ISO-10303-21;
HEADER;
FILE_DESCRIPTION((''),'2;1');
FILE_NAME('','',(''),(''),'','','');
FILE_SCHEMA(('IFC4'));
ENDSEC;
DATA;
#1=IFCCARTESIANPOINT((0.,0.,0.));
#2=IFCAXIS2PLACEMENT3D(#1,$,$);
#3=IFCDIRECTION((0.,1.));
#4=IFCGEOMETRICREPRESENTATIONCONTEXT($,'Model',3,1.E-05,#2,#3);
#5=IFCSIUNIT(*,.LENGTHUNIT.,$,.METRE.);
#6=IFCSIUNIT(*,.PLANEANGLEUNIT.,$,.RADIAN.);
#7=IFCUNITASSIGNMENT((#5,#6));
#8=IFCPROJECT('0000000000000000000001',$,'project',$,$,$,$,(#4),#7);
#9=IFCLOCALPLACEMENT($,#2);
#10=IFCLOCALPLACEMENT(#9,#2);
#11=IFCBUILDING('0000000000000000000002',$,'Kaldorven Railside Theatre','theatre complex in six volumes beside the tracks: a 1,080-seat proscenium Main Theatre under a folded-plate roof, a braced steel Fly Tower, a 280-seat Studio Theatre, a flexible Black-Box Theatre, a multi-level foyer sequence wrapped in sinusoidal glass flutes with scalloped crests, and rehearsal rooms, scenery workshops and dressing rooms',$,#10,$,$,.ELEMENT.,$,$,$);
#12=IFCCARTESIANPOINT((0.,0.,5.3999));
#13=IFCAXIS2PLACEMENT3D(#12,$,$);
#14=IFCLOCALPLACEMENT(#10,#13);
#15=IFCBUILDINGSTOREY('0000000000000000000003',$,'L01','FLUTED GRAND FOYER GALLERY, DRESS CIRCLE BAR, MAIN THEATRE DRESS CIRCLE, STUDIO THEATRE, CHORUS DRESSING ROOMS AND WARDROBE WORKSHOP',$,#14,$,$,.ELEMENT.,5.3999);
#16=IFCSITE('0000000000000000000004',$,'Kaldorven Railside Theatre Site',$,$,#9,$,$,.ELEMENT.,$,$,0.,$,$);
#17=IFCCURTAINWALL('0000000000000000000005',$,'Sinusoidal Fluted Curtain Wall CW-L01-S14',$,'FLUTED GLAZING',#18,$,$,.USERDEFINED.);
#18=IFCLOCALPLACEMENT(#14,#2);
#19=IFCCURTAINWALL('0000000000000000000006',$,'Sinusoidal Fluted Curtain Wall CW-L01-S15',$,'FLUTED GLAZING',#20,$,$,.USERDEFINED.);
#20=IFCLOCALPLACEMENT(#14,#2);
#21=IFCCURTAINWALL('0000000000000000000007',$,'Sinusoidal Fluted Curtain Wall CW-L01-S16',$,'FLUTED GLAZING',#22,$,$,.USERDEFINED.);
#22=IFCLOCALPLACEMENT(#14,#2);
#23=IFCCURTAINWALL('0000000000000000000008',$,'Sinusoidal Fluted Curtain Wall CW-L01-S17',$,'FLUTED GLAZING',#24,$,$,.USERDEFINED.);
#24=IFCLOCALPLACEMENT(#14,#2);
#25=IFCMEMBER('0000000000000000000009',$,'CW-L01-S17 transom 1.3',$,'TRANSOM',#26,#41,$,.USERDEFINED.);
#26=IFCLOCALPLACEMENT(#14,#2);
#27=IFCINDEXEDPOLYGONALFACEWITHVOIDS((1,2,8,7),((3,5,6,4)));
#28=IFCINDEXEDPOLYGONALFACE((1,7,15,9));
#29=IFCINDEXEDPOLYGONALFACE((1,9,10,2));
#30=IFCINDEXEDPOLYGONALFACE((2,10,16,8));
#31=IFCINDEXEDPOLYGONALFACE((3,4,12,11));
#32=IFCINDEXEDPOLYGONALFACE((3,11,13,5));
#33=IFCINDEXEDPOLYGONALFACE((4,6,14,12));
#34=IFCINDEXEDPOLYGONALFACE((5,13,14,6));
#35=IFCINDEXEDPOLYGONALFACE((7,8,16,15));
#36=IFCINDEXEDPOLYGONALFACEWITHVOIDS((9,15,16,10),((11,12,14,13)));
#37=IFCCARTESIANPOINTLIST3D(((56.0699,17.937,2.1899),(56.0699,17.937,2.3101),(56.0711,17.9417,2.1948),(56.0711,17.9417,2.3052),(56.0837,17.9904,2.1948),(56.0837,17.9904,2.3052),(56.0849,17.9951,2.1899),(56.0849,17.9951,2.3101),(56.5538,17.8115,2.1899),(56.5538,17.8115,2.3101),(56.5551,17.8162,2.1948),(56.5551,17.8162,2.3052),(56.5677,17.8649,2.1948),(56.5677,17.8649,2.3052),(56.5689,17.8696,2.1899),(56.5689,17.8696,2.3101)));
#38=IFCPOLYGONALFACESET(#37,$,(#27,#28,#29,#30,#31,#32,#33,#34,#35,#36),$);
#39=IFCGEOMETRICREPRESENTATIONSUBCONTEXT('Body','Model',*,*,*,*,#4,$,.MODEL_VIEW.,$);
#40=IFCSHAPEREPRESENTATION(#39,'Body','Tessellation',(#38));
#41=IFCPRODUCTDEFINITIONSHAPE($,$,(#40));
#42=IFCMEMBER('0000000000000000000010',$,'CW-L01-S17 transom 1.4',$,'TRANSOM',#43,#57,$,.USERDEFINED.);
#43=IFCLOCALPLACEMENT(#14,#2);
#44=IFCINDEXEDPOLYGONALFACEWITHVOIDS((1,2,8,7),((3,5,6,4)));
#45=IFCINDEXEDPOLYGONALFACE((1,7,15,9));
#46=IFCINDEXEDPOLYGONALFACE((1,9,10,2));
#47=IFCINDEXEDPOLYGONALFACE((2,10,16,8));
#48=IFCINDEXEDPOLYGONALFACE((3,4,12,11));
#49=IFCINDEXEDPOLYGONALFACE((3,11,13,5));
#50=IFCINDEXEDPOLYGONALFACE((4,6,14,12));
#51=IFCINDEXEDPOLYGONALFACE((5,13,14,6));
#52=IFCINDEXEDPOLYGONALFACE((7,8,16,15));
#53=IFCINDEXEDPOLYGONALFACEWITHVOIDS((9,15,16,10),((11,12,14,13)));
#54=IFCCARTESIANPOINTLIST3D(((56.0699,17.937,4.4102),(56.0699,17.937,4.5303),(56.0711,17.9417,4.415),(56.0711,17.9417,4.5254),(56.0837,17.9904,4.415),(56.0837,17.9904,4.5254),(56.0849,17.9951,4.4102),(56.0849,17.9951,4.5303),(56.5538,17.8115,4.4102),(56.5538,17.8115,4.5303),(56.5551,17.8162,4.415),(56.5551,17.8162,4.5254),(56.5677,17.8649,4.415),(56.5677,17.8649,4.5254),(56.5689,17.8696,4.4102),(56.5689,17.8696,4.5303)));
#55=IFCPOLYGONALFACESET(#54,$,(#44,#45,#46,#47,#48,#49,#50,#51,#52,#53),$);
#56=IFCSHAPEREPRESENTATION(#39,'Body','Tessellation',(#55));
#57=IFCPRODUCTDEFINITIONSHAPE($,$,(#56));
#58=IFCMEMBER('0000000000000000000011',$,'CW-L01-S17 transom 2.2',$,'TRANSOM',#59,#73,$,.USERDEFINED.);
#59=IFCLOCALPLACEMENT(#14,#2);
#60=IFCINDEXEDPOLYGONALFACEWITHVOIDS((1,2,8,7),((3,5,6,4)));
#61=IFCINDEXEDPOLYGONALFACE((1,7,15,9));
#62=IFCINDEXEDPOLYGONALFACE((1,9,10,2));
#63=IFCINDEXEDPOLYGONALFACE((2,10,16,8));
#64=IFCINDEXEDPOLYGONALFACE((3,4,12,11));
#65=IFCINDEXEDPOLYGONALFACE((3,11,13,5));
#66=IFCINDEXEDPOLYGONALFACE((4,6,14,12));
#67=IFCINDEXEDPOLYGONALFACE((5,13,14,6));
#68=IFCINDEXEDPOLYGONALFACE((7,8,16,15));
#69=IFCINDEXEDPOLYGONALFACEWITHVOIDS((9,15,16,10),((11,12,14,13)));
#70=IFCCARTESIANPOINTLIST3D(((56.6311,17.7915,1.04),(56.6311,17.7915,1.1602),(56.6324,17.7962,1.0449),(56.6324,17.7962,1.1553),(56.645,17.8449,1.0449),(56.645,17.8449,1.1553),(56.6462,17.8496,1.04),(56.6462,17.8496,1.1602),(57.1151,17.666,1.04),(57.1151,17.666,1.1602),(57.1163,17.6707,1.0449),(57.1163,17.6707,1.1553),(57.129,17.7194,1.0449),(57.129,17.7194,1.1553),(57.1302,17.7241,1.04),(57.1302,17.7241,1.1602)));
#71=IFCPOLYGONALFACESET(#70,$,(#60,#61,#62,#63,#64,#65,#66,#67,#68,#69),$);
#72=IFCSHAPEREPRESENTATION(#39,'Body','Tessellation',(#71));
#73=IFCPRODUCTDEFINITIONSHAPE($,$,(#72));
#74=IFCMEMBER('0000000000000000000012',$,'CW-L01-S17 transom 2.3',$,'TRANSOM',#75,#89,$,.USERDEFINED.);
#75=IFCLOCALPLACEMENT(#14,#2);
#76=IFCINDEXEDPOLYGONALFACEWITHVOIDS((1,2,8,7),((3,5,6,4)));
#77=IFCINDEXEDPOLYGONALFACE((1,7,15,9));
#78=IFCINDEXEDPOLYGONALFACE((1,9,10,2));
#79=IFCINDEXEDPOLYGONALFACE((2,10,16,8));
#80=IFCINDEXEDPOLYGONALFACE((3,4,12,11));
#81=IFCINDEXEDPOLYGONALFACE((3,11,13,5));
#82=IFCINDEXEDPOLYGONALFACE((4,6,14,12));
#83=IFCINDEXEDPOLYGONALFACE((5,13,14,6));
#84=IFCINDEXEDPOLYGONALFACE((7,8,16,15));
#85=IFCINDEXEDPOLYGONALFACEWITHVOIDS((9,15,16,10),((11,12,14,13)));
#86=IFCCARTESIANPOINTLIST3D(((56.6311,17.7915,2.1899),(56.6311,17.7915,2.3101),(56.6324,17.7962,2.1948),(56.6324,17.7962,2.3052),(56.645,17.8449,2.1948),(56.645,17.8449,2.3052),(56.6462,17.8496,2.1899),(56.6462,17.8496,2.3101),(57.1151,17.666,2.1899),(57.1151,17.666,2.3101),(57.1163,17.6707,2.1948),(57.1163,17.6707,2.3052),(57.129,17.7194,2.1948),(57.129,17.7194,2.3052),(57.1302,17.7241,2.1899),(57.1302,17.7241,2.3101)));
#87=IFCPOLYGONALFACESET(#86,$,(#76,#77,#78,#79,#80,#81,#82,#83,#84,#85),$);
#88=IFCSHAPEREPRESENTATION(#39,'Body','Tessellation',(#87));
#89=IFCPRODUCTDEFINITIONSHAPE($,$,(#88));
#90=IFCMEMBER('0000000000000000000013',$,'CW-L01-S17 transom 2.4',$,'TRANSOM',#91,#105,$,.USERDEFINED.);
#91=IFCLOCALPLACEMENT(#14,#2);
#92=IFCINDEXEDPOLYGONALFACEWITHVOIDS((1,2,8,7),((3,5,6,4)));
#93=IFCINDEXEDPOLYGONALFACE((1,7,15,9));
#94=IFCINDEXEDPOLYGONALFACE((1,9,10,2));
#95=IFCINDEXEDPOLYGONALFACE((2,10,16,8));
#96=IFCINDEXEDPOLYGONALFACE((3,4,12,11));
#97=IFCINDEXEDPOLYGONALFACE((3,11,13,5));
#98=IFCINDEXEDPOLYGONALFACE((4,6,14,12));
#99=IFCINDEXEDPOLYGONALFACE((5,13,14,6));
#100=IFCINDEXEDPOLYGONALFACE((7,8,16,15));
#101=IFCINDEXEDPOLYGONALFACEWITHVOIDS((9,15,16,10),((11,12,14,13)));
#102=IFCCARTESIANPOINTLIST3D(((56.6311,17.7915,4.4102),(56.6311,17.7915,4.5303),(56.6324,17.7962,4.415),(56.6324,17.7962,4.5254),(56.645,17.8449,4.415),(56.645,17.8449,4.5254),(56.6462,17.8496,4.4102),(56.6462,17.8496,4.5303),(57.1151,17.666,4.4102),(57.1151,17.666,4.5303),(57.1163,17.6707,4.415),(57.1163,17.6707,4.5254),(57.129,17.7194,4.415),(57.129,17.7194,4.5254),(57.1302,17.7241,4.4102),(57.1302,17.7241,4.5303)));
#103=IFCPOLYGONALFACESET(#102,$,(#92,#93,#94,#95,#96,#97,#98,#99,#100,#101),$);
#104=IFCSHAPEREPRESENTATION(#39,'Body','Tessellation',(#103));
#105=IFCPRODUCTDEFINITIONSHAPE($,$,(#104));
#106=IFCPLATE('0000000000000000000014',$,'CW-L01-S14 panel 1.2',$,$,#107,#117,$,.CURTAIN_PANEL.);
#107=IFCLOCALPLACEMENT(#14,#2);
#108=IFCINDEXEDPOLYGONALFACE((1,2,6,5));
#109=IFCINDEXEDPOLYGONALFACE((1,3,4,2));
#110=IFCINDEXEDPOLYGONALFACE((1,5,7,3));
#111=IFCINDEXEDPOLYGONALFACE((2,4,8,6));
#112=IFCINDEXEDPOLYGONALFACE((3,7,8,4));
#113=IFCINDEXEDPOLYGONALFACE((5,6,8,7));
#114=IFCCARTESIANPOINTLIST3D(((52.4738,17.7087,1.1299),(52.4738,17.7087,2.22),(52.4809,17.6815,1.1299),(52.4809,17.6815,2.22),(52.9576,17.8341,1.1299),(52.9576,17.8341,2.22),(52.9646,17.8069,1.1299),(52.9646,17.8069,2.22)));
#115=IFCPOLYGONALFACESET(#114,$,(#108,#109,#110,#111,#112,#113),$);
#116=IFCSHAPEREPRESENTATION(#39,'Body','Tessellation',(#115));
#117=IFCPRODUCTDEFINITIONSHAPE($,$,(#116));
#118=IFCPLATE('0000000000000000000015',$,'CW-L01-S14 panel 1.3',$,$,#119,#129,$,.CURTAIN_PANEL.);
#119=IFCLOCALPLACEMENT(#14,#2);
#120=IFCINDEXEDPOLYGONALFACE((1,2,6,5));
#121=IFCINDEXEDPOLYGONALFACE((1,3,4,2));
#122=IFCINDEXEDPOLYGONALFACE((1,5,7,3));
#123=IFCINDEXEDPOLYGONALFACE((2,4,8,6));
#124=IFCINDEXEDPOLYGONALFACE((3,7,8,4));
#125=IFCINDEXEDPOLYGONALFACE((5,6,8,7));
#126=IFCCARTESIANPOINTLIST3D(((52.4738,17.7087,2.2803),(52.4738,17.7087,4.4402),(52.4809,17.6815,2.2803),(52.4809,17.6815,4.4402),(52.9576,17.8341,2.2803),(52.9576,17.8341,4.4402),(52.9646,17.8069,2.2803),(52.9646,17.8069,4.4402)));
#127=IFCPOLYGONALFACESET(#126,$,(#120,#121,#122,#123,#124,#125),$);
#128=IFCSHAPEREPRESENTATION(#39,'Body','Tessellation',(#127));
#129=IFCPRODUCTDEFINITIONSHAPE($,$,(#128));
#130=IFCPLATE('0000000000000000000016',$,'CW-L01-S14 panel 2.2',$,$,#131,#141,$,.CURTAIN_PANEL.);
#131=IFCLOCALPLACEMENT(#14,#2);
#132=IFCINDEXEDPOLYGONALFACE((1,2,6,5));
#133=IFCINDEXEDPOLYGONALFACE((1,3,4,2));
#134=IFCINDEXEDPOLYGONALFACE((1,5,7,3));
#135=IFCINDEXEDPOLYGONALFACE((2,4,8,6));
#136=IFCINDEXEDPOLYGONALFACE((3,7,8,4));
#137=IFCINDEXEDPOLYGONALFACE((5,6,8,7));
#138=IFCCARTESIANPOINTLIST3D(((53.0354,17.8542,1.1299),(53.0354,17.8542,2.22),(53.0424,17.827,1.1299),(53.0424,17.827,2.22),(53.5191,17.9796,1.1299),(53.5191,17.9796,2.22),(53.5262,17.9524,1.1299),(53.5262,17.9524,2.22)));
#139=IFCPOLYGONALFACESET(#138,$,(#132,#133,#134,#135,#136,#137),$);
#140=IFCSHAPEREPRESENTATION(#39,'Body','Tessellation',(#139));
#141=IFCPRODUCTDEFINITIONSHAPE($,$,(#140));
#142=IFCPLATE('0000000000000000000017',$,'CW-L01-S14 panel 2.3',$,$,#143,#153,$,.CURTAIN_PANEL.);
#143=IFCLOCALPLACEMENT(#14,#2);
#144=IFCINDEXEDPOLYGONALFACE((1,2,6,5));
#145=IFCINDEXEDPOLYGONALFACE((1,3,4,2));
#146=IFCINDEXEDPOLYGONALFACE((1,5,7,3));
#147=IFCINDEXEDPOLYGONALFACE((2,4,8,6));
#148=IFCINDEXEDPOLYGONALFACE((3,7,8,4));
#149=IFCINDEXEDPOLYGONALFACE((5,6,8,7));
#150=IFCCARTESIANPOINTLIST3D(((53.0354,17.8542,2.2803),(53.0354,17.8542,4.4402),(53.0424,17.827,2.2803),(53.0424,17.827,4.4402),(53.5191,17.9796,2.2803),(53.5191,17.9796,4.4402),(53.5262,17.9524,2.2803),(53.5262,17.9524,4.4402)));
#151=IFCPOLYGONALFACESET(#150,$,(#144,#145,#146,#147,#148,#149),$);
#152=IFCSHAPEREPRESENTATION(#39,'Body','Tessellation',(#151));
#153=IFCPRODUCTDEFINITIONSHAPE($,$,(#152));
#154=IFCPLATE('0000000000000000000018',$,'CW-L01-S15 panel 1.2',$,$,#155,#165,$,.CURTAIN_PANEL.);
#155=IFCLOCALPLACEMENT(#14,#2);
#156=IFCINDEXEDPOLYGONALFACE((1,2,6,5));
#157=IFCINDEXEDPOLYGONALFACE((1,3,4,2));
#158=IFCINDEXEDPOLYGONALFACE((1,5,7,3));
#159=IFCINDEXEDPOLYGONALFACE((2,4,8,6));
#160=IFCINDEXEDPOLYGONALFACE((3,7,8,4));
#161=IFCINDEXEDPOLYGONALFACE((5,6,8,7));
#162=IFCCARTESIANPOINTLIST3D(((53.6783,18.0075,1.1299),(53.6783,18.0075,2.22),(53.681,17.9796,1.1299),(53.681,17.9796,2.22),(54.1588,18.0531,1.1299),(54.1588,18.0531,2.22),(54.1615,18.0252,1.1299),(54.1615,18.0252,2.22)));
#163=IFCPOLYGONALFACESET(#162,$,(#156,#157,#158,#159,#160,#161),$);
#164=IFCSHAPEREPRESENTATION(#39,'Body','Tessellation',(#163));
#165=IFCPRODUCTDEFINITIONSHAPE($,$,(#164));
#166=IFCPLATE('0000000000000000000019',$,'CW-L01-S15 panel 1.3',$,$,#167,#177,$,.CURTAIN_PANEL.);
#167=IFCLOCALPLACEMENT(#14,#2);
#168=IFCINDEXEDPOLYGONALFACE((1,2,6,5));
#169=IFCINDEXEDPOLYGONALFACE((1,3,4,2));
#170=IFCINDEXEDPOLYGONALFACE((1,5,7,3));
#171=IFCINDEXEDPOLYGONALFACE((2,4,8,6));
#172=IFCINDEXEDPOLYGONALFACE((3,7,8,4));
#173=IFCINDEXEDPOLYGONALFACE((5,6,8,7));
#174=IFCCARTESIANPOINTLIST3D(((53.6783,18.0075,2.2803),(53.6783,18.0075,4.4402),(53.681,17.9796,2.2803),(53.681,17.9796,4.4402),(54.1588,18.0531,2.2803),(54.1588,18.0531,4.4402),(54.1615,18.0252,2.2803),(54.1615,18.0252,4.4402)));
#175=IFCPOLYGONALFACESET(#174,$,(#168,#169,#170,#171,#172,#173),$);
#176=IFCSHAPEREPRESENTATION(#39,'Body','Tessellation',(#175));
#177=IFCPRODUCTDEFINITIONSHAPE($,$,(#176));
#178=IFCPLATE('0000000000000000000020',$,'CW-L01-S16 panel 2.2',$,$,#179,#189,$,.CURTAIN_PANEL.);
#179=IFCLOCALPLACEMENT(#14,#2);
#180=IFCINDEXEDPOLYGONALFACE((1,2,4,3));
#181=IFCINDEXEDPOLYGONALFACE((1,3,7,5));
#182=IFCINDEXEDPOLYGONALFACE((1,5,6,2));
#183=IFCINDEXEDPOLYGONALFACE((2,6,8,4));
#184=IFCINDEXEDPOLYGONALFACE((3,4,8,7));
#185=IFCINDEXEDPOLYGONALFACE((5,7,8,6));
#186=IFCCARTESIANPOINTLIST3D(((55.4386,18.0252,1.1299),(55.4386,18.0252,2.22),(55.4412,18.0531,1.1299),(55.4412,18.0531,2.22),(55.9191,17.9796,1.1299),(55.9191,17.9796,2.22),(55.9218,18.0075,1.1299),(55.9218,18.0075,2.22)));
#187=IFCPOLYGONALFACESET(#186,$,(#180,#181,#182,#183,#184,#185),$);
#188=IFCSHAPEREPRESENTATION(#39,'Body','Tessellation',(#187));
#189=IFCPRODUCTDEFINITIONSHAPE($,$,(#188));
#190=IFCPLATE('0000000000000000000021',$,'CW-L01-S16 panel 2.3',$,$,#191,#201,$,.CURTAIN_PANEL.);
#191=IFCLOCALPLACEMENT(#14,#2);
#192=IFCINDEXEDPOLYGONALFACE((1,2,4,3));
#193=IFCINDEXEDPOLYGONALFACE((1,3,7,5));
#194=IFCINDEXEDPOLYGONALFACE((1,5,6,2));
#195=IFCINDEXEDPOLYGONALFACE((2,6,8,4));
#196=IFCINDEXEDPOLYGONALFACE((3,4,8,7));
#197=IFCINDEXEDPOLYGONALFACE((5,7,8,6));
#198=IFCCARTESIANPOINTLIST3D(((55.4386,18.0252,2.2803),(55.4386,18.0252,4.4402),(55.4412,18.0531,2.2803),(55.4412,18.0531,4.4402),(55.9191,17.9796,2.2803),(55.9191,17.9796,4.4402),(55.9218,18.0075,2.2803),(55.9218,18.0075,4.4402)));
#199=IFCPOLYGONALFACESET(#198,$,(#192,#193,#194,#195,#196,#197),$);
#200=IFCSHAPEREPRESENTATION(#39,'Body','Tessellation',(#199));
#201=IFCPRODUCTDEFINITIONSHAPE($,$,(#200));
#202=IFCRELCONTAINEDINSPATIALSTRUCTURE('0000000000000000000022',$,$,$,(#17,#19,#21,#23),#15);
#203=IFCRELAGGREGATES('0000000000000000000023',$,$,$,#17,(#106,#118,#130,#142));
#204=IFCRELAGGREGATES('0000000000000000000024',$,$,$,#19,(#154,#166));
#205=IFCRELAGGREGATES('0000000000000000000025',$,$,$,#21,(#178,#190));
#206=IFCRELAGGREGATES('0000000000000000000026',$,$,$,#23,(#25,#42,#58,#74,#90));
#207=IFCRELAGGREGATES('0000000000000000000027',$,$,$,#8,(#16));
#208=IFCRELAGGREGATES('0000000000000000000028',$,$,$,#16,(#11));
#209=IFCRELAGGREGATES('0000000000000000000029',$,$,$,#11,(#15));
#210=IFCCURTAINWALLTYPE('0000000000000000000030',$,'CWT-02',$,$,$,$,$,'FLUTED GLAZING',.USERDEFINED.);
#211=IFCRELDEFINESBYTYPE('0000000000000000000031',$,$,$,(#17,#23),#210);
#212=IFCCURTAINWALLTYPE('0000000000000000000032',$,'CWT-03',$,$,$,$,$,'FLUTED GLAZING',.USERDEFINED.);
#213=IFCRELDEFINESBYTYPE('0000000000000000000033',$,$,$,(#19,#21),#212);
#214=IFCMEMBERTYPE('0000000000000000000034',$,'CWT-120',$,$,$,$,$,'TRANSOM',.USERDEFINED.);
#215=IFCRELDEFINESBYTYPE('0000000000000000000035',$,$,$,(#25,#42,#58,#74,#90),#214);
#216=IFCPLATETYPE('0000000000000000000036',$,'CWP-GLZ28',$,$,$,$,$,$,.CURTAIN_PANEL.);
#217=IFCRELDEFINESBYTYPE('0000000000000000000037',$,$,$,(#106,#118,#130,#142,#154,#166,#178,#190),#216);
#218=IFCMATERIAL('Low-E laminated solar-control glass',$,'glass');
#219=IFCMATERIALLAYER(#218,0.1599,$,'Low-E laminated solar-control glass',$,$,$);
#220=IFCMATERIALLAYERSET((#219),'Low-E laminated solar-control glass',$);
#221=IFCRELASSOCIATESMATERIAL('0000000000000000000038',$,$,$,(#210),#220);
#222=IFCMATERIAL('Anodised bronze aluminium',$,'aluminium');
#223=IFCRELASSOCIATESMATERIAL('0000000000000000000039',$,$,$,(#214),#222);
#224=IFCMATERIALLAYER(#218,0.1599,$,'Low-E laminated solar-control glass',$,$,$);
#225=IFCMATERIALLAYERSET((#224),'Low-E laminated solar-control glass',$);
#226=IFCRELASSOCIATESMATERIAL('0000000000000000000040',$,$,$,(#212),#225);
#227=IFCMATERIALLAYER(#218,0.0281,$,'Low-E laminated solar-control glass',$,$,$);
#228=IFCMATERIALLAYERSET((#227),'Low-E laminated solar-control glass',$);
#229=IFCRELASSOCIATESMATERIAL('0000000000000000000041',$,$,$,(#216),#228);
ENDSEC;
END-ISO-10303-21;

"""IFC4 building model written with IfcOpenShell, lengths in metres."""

from ifc_helpers import new_model, si_unit, direction, frame, origin, origin_2d, place, context, subcontext, project, spatial, rectangle, hollow_rectangle, extrude, material, layer, layer_set, material_profile, profile_set, type_object, element, aggregate, save


model = new_model("IFC4")

# Units and contexts
model_context = context("Model", 3, precision=1e-05, world=origin(), true_north=direction((0.0, 1.0)))
body_context = subcontext(model_context, "Body", "Model", "MODEL_VIEW")
ifc_project = project(units=[si_unit("LENGTHUNIT", "METRE"), si_unit("PLANEANGLEUNIT", "RADIAN")], contexts=[model_context])

# Site, building, storey
site_placement = place(None, origin())
site = spatial("IfcSite", under=ifc_project, at=site_placement, Name="Kaldorven Railside Theatre Site", CompositionType="ELEMENT", RefElevation=0.0)
building_placement = place(site_placement, origin())
building = spatial("IfcBuilding", under=site, at=building_placement, Name="Kaldorven Railside Theatre", Description="theatre complex in six volumes beside the tracks: a 1,080-seat proscenium Main Theatre under a folded-plate roof, a braced steel Fly Tower, a 280-seat Studio Theatre, a flexible Black-Box Theatre, a multi-level foyer sequence wrapped in sinusoidal glass flutes with scalloped crests, and rehearsal rooms, scenery workshops and dressing rooms", CompositionType="ELEMENT")
storey_placement = place(building_placement, frame((0.0, 0.0, 5.3999)))
storey = spatial("IfcBuildingStorey", under=building, at=storey_placement, Name="L01", Description="FLUTED GRAND FOYER GALLERY, DRESS CIRCLE BAR, MAIN THEATRE DRESS CIRCLE, STUDIO THEATRE, CHORUS DRESSING ROOMS AND WARDROBE WORKSHOP", CompositionType="ELEMENT", Elevation=5.3999)

# Curtain walls, members
ifc_material_1 = material(Name="Low-E laminated solar-control glass", Category="glass")
ifc_layer_1 = layer(ifc_material_1, 0.1599, Name="Low-E laminated solar-control glass")
ifc_layer_set_1 = layer_set([ifc_layer_1], Name="Low-E laminated solar-control glass")
curtain_wall_type_1 = type_object("IfcCurtainWallType", Name="CWT-02", ElementType="FLUTED GLAZING", PredefinedType="USERDEFINED", material=ifc_layer_set_1)
curtain_wall_1_placement = place(storey_placement, origin())
curtain_wall_1 = element("IfcCurtainWall", 1, at=curtain_wall_1_placement, inside=storey, type_object=curtain_wall_type_1, Name="Sinusoidal Fluted Curtain Wall CW-L01-S14", ObjectType="FLUTED GLAZING", PredefinedType="USERDEFINED")
ifc_material_2 = material(Name="Anodised bronze aluminium", Category="aluminium")
ifc_material_profile = material_profile(ifc_material_2, hollow_rectangle(XDim=0.0601, YDim=0.1201, WallThickness=0.0049, at=origin_2d()), Name="RHS 120x60x5")
ifc_profile_set = profile_set([ifc_material_profile], Name="Anodised bronze aluminium")
member_type = type_object("IfcMemberType", Name="CWT-120", ElementType="TRANSOM", PredefinedType="USERDEFINED", material=ifc_profile_set)
ifc_layer_2 = layer(ifc_material_1, 0.1599, Name="Low-E laminated solar-control glass")
ifc_layer_set_2 = layer_set([ifc_layer_2], Name="Low-E laminated solar-control glass")
curtain_wall_type_2 = type_object("IfcCurtainWallType", Name="CWT-03", ElementType="FLUTED GLAZING", PredefinedType="USERDEFINED", material=ifc_layer_set_2)
curtain_wall_2_placement = place(storey_placement, origin())
curtain_wall_2 = element("IfcCurtainWall", 2, at=curtain_wall_2_placement, inside=storey, type_object=curtain_wall_type_2, Name="Sinusoidal Fluted Curtain Wall CW-L01-S15", ObjectType="FLUTED GLAZING", PredefinedType="USERDEFINED")
curtain_wall_3_placement = place(storey_placement, origin())
curtain_wall_3 = element("IfcCurtainWall", 3, at=curtain_wall_3_placement, inside=storey, type_object=curtain_wall_type_2, Name="Sinusoidal Fluted Curtain Wall CW-L01-S16", ObjectType="FLUTED GLAZING", PredefinedType="USERDEFINED")
curtain_wall_4_placement = place(storey_placement, origin())
curtain_wall_4 = element("IfcCurtainWall", 4, at=curtain_wall_4_placement, inside=storey, type_object=curtain_wall_type_1, Name="Sinusoidal Fluted Curtain Wall CW-L01-S17", ObjectType="FLUTED GLAZING", PredefinedType="USERDEFINED")
member_1_placement = place(storey_placement, frame((56.0774, 17.9661, 2.25), z_axis=(0.967979, -0.25103, 0.0), x_axis=(0.25103, 0.967979, 0.0)))
member_1 = element("IfcMember", 5, at=member_1_placement, type_object=member_type, Name="CW-L01-S17 transom 1.3", ObjectType="TRANSOM", PredefinedType="USERDEFINED", context=body_context, shape_type="SweptSolid", body=[
    extrude(hollow_rectangle(XDim=0.0601, YDim=0.1201, WallThickness=0.0049, at=origin_2d()), origin(), (0.0, 0.0, 1.0), 0.5),
])
member_2_placement = place(storey_placement, frame((56.0774, 17.9661, 4.4702), z_axis=(0.967979, -0.25103, 0.0), x_axis=(0.25103, 0.967979, 0.0)))
member_2 = element("IfcMember", 6, at=member_2_placement, type_object=member_type, Name="CW-L01-S17 transom 1.4", ObjectType="TRANSOM", PredefinedType="USERDEFINED", context=body_context, shape_type="SweptSolid", body=[
    extrude(hollow_rectangle(XDim=0.0601, YDim=0.1201, WallThickness=0.0049, at=origin_2d()), origin(), (0.0, 0.0, 1.0), 0.5),
])
member_3_placement = place(storey_placement, frame((56.6387, 17.8206, 1.1001), z_axis=(0.967979, -0.25103, 0.0), x_axis=(0.25103, 0.967979, 0.0)))
member_3 = element("IfcMember", 7, at=member_3_placement, type_object=member_type, Name="CW-L01-S17 transom 2.2", ObjectType="TRANSOM", PredefinedType="USERDEFINED", context=body_context, shape_type="SweptSolid", body=[
    extrude(hollow_rectangle(XDim=0.0601, YDim=0.1201, WallThickness=0.0049, at=origin_2d()), origin(), (0.0, 0.0, 1.0), 0.5),
])
member_4_placement = place(storey_placement, frame((56.6387, 17.8206, 2.25), z_axis=(0.967979, -0.25103, 0.0), x_axis=(0.25103, 0.967979, 0.0)))
member_4 = element("IfcMember", 8, at=member_4_placement, type_object=member_type, Name="CW-L01-S17 transom 2.3", ObjectType="TRANSOM", PredefinedType="USERDEFINED", context=body_context, shape_type="SweptSolid", body=[
    extrude(hollow_rectangle(XDim=0.0601, YDim=0.1201, WallThickness=0.0049, at=origin_2d()), origin(), (0.0, 0.0, 1.0), 0.5),
])
member_5_placement = place(storey_placement, frame((56.6387, 17.8206, 4.4702), z_axis=(0.967979, -0.25103, 0.0), x_axis=(0.25103, 0.967979, 0.0)))
member_5 = element("IfcMember", 9, at=member_5_placement, type_object=member_type, Name="CW-L01-S17 transom 2.4", ObjectType="TRANSOM", PredefinedType="USERDEFINED", context=body_context, shape_type="SweptSolid", body=[
    extrude(hollow_rectangle(XDim=0.0601, YDim=0.1201, WallThickness=0.0049, at=origin_2d()), origin(), (0.0, 0.0, 1.0), 0.5),
])

# Plates
ifc_layer_3 = layer(ifc_material_1, 0.0281, Name="Low-E laminated solar-control glass")
ifc_layer_set_3 = layer_set([ifc_layer_3], Name="Low-E laminated solar-control glass")
plate_type = type_object("IfcPlateType", Name="CWP-GLZ28", PredefinedType="CURTAIN_PANEL", material=ifc_layer_set_3)
plate_1_placement = place(storey_placement, frame((52.7192, 17.7578, 1.1299), z_axis=(0.0, 0.0, 1.0), x_axis=(0.967999, 0.250954, 0.0)))
plate_1 = element("IfcPlate", 10, at=plate_1_placement, type_object=plate_type, Name="CW-L01-S14 panel 1.2", PredefinedType="CURTAIN_PANEL", context=body_context, shape_type="SweptSolid", body=[
    extrude(rectangle(XDim=0.4998, YDim=0.0281, at=origin_2d()), origin(), (0.0, 0.0, 1.0), 1.0901),
])
plate_2_placement = place(storey_placement, frame((52.7192, 17.7578, 2.2803), z_axis=(0.0, 0.0, 1.0), x_axis=(0.967999, 0.250954, 0.0)))
plate_2 = element("IfcPlate", 11, at=plate_2_placement, type_object=plate_type, Name="CW-L01-S14 panel 1.3", PredefinedType="CURTAIN_PANEL", context=body_context, shape_type="SweptSolid", body=[
    extrude(rectangle(XDim=0.4998, YDim=0.0281, at=origin_2d()), origin(), (0.0, 0.0, 1.0), 2.1599),
])
plate_3_placement = place(storey_placement, frame((53.2808, 17.9033, 1.1299), z_axis=(0.0, 0.0, 1.0), x_axis=(0.967999, 0.250954, 0.0)))
plate_3 = element("IfcPlate", 12, at=plate_3_placement, type_object=plate_type, Name="CW-L01-S14 panel 2.2", PredefinedType="CURTAIN_PANEL", context=body_context, shape_type="SweptSolid", body=[
    extrude(rectangle(XDim=0.4998, YDim=0.0281, at=origin_2d()), origin(), (0.0, 0.0, 1.0), 1.0901),
])
plate_4_placement = place(storey_placement, frame((53.2808, 17.9033, 2.2803), z_axis=(0.0, 0.0, 1.0), x_axis=(0.967999, 0.250954, 0.0)))
plate_4 = element("IfcPlate", 13, at=plate_4_placement, type_object=plate_type, Name="CW-L01-S14 panel 2.3", PredefinedType="CURTAIN_PANEL", context=body_context, shape_type="SweptSolid", body=[
    extrude(rectangle(XDim=0.4998, YDim=0.0281, at=origin_2d()), origin(), (0.0, 0.0, 1.0), 2.1599),
])
aggregate(curtain_wall_1, [plate_1, plate_2, plate_3, plate_4])
plate_5_placement = place(storey_placement, frame((53.9199, 18.0164, 1.1299), z_axis=(0.0, 0.0, 1.0), x_axis=(0.995526, 0.094492, 0.0)))
plate_5 = element("IfcPlate", 14, at=plate_5_placement, type_object=plate_type, Name="CW-L01-S15 panel 1.2", PredefinedType="CURTAIN_PANEL", context=body_context, shape_type="SweptSolid", body=[
    extrude(rectangle(XDim=0.4827, YDim=0.0281, at=origin_2d()), origin(), (0.0, 0.0, 1.0), 1.0901),
])
plate_6_placement = place(storey_placement, frame((53.9199, 18.0164, 2.2803), z_axis=(0.0, 0.0, 1.0), x_axis=(0.995526, 0.094492, 0.0)))
plate_6 = element("IfcPlate", 15, at=plate_6_placement, type_object=plate_type, Name="CW-L01-S15 panel 1.3", PredefinedType="CURTAIN_PANEL", context=body_context, shape_type="SweptSolid", body=[
    extrude(rectangle(XDim=0.4827, YDim=0.0281, at=origin_2d()), origin(), (0.0, 0.0, 1.0), 2.1599),
])
aggregate(curtain_wall_2, [plate_5, plate_6])
plate_7_placement = place(storey_placement, frame((55.6802, 18.0164, 1.1299), z_axis=(0.0, 0.0, 1.0), x_axis=(0.995526, -0.094492, 0.0)))
plate_7 = element("IfcPlate", 16, at=plate_7_placement, type_object=plate_type, Name="CW-L01-S16 panel 2.2", PredefinedType="CURTAIN_PANEL", context=body_context, shape_type="SweptSolid", body=[
    extrude(rectangle(XDim=0.4827, YDim=0.0281, at=origin_2d()), origin(), (0.0, 0.0, 1.0), 1.0901),
])
plate_8_placement = place(storey_placement, frame((55.6802, 18.0164, 2.2803), z_axis=(0.0, 0.0, 1.0), x_axis=(0.995526, -0.094492, 0.0)))
plate_8 = element("IfcPlate", 17, at=plate_8_placement, type_object=plate_type, Name="CW-L01-S16 panel 2.3", PredefinedType="CURTAIN_PANEL", context=body_context, shape_type="SweptSolid", body=[
    extrude(rectangle(XDim=0.4827, YDim=0.0281, at=origin_2d()), origin(), (0.0, 0.0, 1.0), 2.1599),
])
aggregate(curtain_wall_3, [plate_7, plate_8])
aggregate(curtain_wall_4, [member_1, member_2, member_3, member_4, member_5])

save(model, "model.ifc")
